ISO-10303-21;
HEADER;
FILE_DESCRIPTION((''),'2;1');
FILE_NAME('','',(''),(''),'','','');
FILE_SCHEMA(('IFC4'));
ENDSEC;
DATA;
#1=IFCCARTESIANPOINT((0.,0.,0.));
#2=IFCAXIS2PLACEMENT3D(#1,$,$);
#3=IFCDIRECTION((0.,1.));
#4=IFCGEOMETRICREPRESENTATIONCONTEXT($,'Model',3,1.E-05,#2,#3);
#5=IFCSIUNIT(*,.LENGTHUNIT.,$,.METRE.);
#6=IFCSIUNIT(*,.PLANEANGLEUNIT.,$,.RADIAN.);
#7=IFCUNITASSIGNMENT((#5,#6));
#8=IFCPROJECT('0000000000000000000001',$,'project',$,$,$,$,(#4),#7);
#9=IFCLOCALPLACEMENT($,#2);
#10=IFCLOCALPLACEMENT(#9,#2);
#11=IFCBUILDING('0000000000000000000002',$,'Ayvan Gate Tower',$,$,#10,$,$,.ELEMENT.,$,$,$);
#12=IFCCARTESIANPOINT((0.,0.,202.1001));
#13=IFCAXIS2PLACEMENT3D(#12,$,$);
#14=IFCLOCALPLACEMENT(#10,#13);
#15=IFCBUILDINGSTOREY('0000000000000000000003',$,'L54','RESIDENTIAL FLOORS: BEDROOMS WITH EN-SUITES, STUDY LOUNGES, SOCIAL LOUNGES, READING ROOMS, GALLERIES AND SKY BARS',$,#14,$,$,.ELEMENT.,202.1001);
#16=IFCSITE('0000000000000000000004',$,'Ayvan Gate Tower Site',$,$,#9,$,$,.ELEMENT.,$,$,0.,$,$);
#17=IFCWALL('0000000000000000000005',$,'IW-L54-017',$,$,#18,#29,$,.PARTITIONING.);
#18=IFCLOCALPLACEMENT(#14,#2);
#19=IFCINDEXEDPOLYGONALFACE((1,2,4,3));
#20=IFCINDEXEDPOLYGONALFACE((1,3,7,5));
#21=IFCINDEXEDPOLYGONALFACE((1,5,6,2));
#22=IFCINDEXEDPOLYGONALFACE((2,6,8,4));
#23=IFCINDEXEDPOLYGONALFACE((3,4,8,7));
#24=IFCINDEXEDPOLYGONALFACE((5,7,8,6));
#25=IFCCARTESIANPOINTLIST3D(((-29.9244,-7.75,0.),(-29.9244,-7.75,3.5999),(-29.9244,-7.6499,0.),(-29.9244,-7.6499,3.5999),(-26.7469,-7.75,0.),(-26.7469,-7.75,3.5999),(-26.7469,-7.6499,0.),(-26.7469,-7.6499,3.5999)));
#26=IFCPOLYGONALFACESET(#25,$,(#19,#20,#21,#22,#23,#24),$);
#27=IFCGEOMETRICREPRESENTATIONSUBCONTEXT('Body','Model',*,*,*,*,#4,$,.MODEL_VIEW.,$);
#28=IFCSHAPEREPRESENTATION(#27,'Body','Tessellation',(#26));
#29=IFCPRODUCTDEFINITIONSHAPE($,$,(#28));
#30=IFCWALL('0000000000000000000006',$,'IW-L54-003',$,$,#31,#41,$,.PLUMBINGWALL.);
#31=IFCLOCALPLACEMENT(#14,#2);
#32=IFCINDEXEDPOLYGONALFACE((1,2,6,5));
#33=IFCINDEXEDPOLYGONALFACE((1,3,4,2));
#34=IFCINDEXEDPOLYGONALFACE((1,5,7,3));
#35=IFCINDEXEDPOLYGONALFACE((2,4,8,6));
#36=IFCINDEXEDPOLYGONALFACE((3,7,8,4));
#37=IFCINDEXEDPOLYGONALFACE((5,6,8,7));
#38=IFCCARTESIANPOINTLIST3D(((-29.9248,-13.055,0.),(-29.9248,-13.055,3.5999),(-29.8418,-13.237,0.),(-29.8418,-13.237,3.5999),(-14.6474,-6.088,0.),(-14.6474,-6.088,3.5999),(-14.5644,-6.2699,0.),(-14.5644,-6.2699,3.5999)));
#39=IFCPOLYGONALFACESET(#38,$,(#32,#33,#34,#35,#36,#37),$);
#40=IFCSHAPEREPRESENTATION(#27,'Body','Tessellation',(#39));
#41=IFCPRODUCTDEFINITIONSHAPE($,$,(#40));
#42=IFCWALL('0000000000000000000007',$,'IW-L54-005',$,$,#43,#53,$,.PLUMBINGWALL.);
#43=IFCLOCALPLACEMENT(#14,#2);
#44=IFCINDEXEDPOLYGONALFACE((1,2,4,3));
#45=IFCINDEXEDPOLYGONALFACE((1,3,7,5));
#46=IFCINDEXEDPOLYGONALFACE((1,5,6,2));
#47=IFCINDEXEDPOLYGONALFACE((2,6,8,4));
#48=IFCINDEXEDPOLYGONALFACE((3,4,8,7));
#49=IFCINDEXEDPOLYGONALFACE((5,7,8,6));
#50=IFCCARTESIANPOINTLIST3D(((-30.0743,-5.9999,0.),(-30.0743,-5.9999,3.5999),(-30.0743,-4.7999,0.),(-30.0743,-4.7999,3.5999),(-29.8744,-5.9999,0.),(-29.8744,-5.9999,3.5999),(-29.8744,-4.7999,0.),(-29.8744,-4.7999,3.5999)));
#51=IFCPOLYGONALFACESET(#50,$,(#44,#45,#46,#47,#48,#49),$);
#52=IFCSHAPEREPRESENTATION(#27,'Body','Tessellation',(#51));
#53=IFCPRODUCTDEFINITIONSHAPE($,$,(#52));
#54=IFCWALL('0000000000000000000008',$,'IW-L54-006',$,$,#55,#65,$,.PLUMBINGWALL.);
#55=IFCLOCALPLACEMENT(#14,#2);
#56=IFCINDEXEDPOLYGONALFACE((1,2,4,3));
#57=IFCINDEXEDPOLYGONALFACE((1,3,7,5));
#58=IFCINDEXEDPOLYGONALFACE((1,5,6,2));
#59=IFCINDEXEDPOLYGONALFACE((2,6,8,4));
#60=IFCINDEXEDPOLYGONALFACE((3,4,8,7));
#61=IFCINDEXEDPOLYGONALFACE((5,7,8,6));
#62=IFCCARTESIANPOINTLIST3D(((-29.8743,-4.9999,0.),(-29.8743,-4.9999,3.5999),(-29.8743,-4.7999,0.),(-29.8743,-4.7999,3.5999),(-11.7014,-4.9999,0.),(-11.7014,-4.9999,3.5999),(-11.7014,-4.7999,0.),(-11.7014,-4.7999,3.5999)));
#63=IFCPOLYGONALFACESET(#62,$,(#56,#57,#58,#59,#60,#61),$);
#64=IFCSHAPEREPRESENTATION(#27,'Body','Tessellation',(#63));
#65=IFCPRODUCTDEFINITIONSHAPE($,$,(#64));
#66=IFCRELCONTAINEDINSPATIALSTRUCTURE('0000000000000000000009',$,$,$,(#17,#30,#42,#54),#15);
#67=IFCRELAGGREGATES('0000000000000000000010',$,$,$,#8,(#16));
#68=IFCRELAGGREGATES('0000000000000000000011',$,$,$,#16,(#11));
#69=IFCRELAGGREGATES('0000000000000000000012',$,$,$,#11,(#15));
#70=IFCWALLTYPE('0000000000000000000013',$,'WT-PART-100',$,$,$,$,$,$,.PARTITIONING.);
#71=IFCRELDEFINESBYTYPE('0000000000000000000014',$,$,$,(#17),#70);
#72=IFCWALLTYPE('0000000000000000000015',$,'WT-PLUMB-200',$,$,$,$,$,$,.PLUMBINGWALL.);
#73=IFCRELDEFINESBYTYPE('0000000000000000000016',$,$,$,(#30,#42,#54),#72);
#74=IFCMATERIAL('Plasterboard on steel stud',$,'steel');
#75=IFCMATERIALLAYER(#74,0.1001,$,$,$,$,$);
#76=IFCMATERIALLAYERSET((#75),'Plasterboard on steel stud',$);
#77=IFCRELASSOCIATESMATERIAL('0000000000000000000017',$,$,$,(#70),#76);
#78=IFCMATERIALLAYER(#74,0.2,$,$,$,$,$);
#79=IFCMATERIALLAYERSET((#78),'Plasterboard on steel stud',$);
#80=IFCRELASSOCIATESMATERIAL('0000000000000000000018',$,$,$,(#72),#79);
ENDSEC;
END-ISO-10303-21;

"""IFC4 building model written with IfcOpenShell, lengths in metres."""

from ifc_helpers import new_model, si_unit, direction, frame, frame_2d, origin, place, context, subcontext, project, spatial, rectangle, extrude, material, layer, layer_set, type_object, element, save


model = new_model("IFC4")

# Units and contexts
model_context = context("Model", 3, precision=1e-05, world=origin(), true_north=direction((0.0, 1.0)))
body_context = subcontext(model_context, "Body", "Model", "MODEL_VIEW")
ifc_project = project(units=[si_unit("LENGTHUNIT", "METRE"), si_unit("PLANEANGLEUNIT", "RADIAN")], contexts=[model_context])

# Site, building, storey
site_placement = place(None, origin())
site = spatial("IfcSite", under=ifc_project, at=site_placement, Name="Ayvan Gate Tower Site", CompositionType="ELEMENT", RefElevation=0.0)
building_placement = place(site_placement, origin())
building = spatial("IfcBuilding", under=site, at=building_placement, Name="Ayvan Gate Tower", CompositionType="ELEMENT")
storey_placement = place(building_placement, frame((0.0, 0.0, 202.1001)))
storey = spatial("IfcBuildingStorey", under=building, at=storey_placement, Name="L54", Description="RESIDENTIAL FLOORS: BEDROOMS WITH EN-SUITES, STUDY LOUNGES, SOCIAL LOUNGES, READING ROOMS, GALLERIES AND SKY BARS", CompositionType="ELEMENT", Elevation=202.1001)

# Shared definitions
ifc_material_1 = material(Name="Plasterboard on steel stud", Category="steel")
ifc_layer_1 = layer(ifc_material_1, 0.1001)
ifc_layer_set_1 = layer_set([ifc_layer_1], Name="Plasterboard on steel stud")
wall_type_1 = type_object("IfcWallType", Name="WT-PART-100", PredefinedType="PARTITIONING", material=ifc_layer_set_1)

# Walls
wall_1_placement = place(storey_placement, frame((-26.7468, -7.7, 0.0), z_axis=(0.0, 0.0, 1.0), x_axis=(-1.0, 0.0, 0.0)))
element("IfcWall", 1, at=wall_1_placement, inside=storey, type_object=wall_type_1, Name="IW-L54-017", PredefinedType="PARTITIONING", context=body_context, shape_type="SweptSolid", body=[
    extrude(rectangle(XDim=3.1775, YDim=0.1001, at=frame_2d((1.5889, 0.0))), origin(), (0.0, 0.0, 1.0), 3.5999),
])
ifc_layer_2 = layer(ifc_material_1, 0.2)
ifc_layer_set_2 = layer_set([ifc_layer_2], Name="Plasterboard on steel stud")
wall_type_2 = type_object("IfcWallType", Name="WT-PLUMB-200", PredefinedType="PLUMBINGWALL", material=ifc_layer_set_2)
wall_2_placement = place(storey_placement, frame((-29.8833, -13.146, 0.0), z_axis=(0.0, 0.0, 1.0), x_axis=(0.909854, 0.414928, 0.0)))
element("IfcWall", 2, at=wall_2_placement, inside=storey, type_object=wall_type_2, Name="IW-L54-003", PredefinedType="PLUMBINGWALL", context=body_context, shape_type="SweptSolid", body=[
    extrude(rectangle(XDim=16.791, YDim=0.2, at=frame_2d((8.3955, 0.0))), origin(), (0.0, 0.0, 1.0), 3.5999),
])
wall_3_placement = place(storey_placement, frame((-29.9744, -6.0, 0.0), z_axis=(0.0, 0.0, 1.0), x_axis=(0.0, 1.0, 0.0)))
element("IfcWall", 3, at=wall_3_placement, inside=storey, type_object=wall_type_2, Name="IW-L54-005", PredefinedType="PLUMBINGWALL", context=body_context, shape_type="SweptSolid", body=[
    extrude(rectangle(XDim=1.2, YDim=0.2, at=frame_2d((0.6001, 0.0))), origin(), (0.0, 0.0, 1.0), 3.5999),
])
wall_4_placement = place(storey_placement, frame((-29.8743, -4.8999, 0.0), z_axis=(0.0, 0.0, 1.0), x_axis=(1.0, 0.0, 0.0)))
element("IfcWall", 4, at=wall_4_placement, inside=storey, type_object=wall_type_2, Name="IW-L54-006", PredefinedType="PLUMBINGWALL", context=body_context, shape_type="SweptSolid", body=[
    extrude(rectangle(XDim=18.1729, YDim=0.2, at=frame_2d((9.0864, 0.0))), origin(), (0.0, 0.0, 1.0), 3.5999),
])

save(model, "model.ifc")
